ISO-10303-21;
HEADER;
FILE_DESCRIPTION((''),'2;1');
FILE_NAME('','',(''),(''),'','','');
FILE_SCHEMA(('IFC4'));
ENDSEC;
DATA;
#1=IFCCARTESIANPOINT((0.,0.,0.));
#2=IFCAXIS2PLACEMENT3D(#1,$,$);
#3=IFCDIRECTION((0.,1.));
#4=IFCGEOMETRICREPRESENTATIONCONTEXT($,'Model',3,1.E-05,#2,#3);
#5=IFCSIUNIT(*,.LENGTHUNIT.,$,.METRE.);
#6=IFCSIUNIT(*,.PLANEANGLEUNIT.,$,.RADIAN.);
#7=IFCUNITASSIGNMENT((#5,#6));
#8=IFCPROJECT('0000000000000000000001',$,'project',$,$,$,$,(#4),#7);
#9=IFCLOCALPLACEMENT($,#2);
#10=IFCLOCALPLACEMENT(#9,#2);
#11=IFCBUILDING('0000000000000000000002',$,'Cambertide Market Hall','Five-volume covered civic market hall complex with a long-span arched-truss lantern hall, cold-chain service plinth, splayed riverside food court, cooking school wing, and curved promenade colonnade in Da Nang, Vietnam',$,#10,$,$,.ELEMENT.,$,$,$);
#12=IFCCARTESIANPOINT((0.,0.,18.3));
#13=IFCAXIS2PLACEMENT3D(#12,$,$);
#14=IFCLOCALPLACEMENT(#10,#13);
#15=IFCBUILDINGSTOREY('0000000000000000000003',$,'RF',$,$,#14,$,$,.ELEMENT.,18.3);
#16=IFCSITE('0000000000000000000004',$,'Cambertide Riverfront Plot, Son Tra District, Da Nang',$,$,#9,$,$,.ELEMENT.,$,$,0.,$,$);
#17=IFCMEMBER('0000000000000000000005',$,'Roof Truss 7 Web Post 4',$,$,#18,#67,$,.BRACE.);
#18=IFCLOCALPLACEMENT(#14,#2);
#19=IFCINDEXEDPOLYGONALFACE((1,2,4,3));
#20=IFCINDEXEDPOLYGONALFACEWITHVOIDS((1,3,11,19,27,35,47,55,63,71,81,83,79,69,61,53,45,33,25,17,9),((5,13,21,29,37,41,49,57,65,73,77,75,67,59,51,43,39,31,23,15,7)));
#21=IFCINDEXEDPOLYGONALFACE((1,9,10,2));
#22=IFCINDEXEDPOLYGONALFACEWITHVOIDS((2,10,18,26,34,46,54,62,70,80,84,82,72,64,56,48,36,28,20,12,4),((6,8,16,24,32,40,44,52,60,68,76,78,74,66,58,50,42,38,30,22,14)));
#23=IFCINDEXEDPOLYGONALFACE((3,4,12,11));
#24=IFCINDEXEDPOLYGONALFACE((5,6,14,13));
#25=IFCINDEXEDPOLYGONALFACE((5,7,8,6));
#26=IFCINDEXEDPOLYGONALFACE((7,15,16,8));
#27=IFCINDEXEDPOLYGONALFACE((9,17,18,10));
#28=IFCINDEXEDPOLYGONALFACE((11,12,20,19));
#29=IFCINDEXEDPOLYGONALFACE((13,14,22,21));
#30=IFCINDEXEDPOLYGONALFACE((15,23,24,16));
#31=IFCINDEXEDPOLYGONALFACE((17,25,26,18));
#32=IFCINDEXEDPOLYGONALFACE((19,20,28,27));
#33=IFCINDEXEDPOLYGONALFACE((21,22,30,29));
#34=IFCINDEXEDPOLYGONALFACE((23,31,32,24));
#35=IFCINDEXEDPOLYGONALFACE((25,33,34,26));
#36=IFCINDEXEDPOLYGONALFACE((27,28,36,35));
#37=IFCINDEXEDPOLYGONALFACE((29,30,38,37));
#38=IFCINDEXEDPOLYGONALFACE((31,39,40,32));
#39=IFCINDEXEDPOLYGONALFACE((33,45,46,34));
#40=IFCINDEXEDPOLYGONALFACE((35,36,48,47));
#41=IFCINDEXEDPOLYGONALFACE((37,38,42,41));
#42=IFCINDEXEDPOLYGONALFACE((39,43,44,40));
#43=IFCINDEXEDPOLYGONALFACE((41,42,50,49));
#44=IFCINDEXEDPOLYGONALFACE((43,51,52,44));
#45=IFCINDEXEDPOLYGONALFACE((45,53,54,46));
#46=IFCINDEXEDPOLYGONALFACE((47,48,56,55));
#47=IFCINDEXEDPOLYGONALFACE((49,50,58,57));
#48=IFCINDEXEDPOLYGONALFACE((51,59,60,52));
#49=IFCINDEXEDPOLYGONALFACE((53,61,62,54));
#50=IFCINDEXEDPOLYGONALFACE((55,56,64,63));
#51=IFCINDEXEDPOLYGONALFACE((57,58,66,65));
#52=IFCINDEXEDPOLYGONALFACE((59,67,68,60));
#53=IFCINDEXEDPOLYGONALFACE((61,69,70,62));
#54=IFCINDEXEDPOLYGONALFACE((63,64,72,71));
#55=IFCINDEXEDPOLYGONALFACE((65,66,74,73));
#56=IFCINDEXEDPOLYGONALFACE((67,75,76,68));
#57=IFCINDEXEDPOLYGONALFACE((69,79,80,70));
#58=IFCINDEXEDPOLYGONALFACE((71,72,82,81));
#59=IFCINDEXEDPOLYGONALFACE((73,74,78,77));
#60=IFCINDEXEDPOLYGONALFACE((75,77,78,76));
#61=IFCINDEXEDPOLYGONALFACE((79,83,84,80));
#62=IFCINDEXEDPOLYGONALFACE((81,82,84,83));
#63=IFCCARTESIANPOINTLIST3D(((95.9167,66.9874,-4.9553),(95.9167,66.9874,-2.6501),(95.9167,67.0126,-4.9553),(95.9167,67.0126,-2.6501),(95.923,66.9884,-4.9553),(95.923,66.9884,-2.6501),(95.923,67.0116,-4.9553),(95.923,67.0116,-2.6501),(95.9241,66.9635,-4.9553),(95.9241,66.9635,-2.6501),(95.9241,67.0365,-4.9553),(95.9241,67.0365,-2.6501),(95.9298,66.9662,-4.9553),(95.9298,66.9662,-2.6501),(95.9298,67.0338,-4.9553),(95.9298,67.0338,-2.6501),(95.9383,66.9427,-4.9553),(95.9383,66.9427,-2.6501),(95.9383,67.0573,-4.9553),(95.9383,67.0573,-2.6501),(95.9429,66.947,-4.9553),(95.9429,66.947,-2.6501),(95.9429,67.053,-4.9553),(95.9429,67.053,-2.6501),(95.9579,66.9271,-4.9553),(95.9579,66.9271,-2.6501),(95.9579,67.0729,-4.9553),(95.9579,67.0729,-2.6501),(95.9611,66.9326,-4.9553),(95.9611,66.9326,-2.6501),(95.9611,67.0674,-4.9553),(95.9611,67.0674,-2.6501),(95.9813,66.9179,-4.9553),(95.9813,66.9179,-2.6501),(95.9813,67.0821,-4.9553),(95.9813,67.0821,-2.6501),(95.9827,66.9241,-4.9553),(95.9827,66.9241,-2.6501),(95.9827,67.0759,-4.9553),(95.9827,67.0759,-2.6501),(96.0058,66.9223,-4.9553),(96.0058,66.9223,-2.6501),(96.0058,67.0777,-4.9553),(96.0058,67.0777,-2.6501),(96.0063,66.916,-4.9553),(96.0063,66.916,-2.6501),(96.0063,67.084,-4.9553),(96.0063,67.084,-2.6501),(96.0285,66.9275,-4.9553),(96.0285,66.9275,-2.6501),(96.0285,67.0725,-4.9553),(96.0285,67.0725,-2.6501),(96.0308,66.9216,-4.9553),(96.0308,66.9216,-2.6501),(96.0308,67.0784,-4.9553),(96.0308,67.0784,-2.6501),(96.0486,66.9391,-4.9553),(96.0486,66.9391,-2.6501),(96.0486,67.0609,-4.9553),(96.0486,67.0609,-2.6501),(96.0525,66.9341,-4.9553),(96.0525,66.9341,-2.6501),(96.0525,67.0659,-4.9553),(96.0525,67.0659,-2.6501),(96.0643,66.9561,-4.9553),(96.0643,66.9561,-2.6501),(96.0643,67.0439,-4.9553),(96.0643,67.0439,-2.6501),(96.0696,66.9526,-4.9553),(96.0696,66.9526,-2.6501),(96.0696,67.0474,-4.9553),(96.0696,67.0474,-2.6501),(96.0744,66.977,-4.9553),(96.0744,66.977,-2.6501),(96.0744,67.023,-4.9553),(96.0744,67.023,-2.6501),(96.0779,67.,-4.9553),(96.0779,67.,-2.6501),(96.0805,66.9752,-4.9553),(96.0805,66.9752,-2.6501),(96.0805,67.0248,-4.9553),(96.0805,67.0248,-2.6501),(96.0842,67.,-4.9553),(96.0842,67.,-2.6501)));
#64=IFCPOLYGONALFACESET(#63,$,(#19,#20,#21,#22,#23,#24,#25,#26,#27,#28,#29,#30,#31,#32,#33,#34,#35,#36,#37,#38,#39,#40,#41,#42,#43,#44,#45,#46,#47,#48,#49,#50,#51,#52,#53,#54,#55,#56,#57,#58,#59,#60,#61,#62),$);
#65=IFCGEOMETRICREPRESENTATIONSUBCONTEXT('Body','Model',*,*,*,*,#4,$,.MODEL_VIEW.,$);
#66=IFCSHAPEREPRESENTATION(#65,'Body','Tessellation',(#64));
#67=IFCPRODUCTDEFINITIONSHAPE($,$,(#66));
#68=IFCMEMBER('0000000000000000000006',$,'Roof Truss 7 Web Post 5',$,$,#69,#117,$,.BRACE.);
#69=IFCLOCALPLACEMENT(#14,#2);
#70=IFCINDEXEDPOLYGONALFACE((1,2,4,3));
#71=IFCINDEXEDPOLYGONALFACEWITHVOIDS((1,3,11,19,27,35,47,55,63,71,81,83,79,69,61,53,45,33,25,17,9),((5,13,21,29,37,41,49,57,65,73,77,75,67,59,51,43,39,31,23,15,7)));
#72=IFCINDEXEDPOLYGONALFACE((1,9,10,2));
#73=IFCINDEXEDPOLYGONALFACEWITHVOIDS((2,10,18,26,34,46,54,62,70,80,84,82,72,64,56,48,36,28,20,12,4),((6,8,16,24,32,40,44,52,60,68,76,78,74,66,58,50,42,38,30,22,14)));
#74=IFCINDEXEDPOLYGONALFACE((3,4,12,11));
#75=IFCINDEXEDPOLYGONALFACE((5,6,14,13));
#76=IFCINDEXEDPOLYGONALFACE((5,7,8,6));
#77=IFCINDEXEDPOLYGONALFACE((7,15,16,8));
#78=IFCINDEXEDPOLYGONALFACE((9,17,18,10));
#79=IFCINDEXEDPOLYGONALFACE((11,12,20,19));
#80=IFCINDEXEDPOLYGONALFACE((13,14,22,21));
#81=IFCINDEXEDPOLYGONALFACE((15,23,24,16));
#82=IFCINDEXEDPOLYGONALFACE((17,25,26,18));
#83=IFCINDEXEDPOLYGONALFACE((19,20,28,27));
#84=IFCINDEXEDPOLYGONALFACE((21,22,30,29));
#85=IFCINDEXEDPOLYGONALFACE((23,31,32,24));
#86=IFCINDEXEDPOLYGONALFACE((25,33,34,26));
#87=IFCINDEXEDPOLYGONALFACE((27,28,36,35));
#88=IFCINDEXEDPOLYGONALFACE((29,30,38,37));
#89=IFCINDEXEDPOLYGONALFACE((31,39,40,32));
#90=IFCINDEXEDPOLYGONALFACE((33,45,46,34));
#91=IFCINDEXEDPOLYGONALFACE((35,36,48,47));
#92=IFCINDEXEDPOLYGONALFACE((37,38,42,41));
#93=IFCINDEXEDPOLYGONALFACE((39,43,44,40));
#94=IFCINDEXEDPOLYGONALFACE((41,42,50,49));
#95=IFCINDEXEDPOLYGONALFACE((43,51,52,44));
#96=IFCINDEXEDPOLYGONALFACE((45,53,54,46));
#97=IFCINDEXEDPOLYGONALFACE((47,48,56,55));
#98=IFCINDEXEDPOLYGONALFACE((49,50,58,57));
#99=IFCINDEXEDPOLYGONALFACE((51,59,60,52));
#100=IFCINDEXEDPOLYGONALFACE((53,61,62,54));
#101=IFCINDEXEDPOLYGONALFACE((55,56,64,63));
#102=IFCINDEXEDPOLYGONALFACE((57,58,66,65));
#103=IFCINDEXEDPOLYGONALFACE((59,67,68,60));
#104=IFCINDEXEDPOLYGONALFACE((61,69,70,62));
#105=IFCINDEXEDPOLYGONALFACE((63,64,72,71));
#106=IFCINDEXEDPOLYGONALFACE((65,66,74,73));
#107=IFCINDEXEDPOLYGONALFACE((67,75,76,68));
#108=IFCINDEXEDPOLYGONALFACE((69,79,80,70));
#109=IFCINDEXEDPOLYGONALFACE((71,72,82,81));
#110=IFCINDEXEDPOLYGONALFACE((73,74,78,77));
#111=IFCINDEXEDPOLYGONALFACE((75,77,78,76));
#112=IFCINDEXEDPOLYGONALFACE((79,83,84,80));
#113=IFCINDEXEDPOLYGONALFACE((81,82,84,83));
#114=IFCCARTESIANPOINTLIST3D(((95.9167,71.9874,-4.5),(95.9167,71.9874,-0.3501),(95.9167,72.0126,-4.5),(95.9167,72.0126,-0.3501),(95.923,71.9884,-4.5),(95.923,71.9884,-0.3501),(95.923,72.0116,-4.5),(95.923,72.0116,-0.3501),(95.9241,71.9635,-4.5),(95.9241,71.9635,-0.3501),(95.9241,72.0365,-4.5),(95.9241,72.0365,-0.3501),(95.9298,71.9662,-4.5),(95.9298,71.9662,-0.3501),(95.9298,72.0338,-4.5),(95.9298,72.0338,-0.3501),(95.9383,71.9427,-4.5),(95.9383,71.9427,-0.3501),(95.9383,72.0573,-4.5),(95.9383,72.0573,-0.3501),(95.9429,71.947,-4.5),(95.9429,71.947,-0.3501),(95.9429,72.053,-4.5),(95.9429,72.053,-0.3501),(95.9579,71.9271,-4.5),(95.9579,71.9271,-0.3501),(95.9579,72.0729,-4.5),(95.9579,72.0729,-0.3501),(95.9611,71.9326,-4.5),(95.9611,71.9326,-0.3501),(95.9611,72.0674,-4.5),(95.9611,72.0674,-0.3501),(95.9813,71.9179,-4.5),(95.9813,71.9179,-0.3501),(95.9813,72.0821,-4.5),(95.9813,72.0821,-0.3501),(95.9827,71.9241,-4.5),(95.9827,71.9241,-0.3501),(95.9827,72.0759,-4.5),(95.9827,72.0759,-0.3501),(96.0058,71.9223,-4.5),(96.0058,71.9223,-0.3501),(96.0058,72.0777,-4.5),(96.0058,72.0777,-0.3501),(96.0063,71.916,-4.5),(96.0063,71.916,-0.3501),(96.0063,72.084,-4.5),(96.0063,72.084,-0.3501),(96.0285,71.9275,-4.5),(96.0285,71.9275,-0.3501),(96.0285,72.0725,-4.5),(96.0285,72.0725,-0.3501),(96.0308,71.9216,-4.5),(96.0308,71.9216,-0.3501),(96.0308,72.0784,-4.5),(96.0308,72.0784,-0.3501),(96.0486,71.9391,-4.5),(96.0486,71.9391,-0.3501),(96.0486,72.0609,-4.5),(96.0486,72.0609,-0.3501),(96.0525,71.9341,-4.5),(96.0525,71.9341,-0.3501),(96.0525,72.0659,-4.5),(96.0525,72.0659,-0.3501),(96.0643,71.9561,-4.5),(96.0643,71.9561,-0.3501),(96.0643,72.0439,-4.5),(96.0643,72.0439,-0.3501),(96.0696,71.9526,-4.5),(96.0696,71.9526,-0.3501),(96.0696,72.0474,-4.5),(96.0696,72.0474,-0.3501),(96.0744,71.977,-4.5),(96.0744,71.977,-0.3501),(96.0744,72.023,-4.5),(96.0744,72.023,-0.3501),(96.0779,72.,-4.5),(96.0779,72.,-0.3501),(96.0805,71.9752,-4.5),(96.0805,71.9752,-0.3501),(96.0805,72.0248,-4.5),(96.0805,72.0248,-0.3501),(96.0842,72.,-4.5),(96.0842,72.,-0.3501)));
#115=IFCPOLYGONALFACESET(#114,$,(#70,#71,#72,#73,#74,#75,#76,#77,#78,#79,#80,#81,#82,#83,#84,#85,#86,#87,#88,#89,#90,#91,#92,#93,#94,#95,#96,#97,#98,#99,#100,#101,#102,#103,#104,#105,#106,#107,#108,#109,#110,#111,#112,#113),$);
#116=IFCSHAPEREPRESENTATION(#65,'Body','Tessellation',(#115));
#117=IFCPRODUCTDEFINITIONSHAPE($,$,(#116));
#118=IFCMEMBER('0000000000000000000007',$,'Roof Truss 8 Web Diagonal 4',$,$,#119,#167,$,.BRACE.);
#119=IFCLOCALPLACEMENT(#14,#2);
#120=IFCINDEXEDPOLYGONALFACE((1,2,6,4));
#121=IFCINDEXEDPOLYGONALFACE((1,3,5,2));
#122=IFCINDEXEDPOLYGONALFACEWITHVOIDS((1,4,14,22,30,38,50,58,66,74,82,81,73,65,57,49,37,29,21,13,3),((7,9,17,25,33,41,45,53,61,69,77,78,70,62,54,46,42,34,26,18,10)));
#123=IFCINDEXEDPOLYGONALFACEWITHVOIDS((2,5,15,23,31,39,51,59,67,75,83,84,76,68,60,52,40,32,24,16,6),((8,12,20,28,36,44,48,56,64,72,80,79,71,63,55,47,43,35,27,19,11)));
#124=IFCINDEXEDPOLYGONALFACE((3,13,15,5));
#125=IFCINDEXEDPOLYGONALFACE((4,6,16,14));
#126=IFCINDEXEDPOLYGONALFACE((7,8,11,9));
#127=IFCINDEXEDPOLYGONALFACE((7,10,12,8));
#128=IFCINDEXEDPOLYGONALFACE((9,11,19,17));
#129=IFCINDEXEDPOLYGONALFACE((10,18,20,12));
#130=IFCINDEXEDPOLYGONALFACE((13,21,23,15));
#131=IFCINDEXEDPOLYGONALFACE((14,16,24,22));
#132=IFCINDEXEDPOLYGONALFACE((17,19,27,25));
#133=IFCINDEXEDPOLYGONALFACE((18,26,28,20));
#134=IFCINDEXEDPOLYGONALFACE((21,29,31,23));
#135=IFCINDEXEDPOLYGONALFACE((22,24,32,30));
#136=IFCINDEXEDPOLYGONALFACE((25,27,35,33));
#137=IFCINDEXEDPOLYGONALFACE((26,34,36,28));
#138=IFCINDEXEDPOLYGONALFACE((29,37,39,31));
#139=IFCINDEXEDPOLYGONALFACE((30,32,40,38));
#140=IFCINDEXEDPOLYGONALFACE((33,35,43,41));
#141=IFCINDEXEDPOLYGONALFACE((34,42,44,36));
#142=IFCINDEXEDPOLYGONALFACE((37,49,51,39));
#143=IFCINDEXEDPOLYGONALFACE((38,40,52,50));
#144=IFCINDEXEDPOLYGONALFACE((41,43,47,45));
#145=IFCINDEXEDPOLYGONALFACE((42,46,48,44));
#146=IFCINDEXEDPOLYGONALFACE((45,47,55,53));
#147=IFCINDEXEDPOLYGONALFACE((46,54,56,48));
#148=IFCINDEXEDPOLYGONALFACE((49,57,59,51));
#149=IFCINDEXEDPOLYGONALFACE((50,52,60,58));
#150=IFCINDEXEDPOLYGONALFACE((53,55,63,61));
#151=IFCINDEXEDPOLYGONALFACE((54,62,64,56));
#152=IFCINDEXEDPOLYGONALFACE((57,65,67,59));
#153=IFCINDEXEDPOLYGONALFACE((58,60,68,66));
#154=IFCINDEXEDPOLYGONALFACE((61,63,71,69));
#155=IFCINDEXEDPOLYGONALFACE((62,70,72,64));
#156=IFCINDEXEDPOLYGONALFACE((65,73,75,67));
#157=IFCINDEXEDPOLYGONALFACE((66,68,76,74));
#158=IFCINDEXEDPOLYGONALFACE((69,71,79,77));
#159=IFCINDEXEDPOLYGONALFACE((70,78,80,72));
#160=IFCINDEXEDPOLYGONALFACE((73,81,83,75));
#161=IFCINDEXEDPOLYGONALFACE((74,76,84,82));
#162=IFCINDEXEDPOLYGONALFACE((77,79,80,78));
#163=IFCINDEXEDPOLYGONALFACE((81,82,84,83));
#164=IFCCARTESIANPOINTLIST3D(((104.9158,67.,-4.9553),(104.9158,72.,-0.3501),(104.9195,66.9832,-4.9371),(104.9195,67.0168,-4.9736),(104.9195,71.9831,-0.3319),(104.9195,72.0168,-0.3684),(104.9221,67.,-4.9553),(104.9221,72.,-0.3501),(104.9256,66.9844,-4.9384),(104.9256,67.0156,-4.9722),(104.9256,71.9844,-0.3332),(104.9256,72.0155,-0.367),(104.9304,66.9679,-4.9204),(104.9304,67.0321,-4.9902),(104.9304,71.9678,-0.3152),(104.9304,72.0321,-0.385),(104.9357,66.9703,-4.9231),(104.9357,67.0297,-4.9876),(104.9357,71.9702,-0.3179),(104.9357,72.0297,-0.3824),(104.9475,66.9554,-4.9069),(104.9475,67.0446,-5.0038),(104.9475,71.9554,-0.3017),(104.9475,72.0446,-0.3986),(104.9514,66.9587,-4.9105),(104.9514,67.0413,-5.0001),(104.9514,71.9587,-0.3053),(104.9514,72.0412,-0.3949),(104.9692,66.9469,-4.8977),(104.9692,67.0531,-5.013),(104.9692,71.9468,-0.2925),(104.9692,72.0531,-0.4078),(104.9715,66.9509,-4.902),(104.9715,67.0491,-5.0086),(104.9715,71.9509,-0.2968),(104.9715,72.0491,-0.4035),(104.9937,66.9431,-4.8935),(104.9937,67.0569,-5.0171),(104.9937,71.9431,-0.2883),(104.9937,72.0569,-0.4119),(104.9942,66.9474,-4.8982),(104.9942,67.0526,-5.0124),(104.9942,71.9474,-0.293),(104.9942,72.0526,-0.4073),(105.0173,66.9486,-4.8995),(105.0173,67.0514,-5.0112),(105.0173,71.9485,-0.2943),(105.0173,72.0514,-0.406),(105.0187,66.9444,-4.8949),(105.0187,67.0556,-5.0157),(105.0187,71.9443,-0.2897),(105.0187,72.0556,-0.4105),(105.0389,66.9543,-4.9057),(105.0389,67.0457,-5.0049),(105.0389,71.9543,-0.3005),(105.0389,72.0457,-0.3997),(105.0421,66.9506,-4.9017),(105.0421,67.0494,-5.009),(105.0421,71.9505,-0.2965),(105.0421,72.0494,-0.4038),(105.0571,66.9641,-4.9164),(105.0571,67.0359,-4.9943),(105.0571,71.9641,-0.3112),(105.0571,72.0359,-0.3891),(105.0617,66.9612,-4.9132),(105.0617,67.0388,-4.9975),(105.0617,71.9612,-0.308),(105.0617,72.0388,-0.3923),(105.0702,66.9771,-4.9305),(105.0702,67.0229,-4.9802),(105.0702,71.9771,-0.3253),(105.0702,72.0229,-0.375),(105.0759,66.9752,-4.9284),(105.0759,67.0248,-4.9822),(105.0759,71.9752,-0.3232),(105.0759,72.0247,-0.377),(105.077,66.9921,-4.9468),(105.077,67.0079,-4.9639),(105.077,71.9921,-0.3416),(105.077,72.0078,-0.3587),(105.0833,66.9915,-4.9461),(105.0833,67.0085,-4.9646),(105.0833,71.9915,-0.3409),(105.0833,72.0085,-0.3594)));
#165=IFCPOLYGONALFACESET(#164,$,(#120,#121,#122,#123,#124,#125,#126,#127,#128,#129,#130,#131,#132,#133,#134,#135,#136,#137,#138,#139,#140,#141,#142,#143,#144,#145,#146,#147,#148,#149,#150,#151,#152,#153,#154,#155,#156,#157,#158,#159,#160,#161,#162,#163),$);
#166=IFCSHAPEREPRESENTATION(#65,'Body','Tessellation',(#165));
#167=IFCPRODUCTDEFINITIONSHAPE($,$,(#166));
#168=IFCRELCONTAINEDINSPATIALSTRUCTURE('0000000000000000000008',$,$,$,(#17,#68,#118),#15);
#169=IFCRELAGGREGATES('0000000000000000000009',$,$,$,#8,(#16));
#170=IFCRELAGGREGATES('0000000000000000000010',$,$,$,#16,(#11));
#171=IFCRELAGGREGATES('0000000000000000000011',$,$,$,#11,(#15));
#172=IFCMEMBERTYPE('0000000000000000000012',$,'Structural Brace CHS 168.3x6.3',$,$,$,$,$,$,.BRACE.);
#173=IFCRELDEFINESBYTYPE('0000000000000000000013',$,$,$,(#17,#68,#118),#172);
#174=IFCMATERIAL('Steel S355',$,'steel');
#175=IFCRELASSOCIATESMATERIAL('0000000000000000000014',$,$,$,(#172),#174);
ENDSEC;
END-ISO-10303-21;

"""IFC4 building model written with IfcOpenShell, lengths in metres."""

from ifc_helpers import new_model, si_unit, direction, frame, origin, origin_2d, place, context, subcontext, project, spatial, hollow_circle, extrude, material, material_profile, profile_set, type_object, element, save


model = new_model("IFC4")

# Units and contexts
model_context = context("Model", 3, precision=1e-05, world=origin(), true_north=direction((0.0, 1.0)))
body_context = subcontext(model_context, "Body", "Model", "MODEL_VIEW")
ifc_project = project(units=[si_unit("LENGTHUNIT", "METRE"), si_unit("PLANEANGLEUNIT", "RADIAN")], contexts=[model_context])

# Site, building, storey
site_placement = place(None, origin())
site = spatial("IfcSite", under=ifc_project, at=site_placement, Name="Cambertide Riverfront Plot, Son Tra District, Da Nang", CompositionType="ELEMENT", RefElevation=0.0)
building_placement = place(site_placement, origin())
building = spatial("IfcBuilding", under=site, at=building_placement, Name="Cambertide Market Hall", Description="Five-volume covered civic market hall complex with a long-span arched-truss lantern hall, cold-chain service plinth, splayed riverside food court, cooking school wing, and curved promenade colonnade in Da Nang, Vietnam", CompositionType="ELEMENT")
storey_placement = place(building_placement, frame((0.0, 0.0, 18.3)))
storey = spatial("IfcBuildingStorey", under=building, at=storey_placement, Name="RF", CompositionType="ELEMENT", Elevation=18.3)

# Members
ifc_material_1 = material(Name="Steel S355", Category="steel")
ifc_material_profile_1 = material_profile(ifc_material_1, hollow_circle(Radius=0.0842, WallThickness=0.0063, at=origin_2d()), Name="CHS 168.3x6.3")
ifc_profile_set_1 = profile_set([ifc_material_profile_1], Name="Steel S355")
member_type_1 = type_object("IfcMemberType", Name="Structural Brace CHS 168.3x6.3", PredefinedType="BRACE", material=ifc_profile_set_1)
member_1_placement = place(storey_placement, frame((96.0, 67.0, -4.9553), z_axis=(0.0, 0.0, 1.0), x_axis=(1.0, 0.0, 0.0)))
element("IfcMember", 1, at=member_1_placement, inside=storey, type_object=member_type_1, Name="Roof Truss 7 Web Post 4", PredefinedType="BRACE", context=body_context, shape_type="SweptSolid", body=[
    extrude(hollow_circle(Radius=0.0842, WallThickness=0.0063, at=origin_2d()), origin(), (0.0, 0.0, 1.0), 2.3052),
])
member_2_placement = place(storey_placement, frame((96.0, 72.0, -4.5), z_axis=(0.0, 0.0, 1.0), x_axis=(1.0, 0.0, 0.0)))
element("IfcMember", 2, at=member_2_placement, inside=storey, type_object=member_type_1, Name="Roof Truss 7 Web Post 5", PredefinedType="BRACE", context=body_context, shape_type="SweptSolid", body=[
    extrude(hollow_circle(Radius=0.0842, WallThickness=0.0063, at=origin_2d()), origin(), (0.0, 0.0, 1.0), 4.1499),
])
member_3_placement = place(storey_placement, frame((105.0, 67.0, -4.9553), z_axis=(0.0, 0.735548, 0.677473), x_axis=(-1.0, 0.0, 0.0)))
element("IfcMember", 3, at=member_3_placement, inside=storey, type_object=member_type_1, Name="Roof Truss 8 Web Diagonal 4", PredefinedType="BRACE", context=body_context, shape_type="SweptSolid", body=[
    extrude(hollow_circle(Radius=0.0842, WallThickness=0.0063, at=origin_2d()), origin(), (0.0, 0.0, 1.0), 6.7976),
])

save(model, "model.ifc")
